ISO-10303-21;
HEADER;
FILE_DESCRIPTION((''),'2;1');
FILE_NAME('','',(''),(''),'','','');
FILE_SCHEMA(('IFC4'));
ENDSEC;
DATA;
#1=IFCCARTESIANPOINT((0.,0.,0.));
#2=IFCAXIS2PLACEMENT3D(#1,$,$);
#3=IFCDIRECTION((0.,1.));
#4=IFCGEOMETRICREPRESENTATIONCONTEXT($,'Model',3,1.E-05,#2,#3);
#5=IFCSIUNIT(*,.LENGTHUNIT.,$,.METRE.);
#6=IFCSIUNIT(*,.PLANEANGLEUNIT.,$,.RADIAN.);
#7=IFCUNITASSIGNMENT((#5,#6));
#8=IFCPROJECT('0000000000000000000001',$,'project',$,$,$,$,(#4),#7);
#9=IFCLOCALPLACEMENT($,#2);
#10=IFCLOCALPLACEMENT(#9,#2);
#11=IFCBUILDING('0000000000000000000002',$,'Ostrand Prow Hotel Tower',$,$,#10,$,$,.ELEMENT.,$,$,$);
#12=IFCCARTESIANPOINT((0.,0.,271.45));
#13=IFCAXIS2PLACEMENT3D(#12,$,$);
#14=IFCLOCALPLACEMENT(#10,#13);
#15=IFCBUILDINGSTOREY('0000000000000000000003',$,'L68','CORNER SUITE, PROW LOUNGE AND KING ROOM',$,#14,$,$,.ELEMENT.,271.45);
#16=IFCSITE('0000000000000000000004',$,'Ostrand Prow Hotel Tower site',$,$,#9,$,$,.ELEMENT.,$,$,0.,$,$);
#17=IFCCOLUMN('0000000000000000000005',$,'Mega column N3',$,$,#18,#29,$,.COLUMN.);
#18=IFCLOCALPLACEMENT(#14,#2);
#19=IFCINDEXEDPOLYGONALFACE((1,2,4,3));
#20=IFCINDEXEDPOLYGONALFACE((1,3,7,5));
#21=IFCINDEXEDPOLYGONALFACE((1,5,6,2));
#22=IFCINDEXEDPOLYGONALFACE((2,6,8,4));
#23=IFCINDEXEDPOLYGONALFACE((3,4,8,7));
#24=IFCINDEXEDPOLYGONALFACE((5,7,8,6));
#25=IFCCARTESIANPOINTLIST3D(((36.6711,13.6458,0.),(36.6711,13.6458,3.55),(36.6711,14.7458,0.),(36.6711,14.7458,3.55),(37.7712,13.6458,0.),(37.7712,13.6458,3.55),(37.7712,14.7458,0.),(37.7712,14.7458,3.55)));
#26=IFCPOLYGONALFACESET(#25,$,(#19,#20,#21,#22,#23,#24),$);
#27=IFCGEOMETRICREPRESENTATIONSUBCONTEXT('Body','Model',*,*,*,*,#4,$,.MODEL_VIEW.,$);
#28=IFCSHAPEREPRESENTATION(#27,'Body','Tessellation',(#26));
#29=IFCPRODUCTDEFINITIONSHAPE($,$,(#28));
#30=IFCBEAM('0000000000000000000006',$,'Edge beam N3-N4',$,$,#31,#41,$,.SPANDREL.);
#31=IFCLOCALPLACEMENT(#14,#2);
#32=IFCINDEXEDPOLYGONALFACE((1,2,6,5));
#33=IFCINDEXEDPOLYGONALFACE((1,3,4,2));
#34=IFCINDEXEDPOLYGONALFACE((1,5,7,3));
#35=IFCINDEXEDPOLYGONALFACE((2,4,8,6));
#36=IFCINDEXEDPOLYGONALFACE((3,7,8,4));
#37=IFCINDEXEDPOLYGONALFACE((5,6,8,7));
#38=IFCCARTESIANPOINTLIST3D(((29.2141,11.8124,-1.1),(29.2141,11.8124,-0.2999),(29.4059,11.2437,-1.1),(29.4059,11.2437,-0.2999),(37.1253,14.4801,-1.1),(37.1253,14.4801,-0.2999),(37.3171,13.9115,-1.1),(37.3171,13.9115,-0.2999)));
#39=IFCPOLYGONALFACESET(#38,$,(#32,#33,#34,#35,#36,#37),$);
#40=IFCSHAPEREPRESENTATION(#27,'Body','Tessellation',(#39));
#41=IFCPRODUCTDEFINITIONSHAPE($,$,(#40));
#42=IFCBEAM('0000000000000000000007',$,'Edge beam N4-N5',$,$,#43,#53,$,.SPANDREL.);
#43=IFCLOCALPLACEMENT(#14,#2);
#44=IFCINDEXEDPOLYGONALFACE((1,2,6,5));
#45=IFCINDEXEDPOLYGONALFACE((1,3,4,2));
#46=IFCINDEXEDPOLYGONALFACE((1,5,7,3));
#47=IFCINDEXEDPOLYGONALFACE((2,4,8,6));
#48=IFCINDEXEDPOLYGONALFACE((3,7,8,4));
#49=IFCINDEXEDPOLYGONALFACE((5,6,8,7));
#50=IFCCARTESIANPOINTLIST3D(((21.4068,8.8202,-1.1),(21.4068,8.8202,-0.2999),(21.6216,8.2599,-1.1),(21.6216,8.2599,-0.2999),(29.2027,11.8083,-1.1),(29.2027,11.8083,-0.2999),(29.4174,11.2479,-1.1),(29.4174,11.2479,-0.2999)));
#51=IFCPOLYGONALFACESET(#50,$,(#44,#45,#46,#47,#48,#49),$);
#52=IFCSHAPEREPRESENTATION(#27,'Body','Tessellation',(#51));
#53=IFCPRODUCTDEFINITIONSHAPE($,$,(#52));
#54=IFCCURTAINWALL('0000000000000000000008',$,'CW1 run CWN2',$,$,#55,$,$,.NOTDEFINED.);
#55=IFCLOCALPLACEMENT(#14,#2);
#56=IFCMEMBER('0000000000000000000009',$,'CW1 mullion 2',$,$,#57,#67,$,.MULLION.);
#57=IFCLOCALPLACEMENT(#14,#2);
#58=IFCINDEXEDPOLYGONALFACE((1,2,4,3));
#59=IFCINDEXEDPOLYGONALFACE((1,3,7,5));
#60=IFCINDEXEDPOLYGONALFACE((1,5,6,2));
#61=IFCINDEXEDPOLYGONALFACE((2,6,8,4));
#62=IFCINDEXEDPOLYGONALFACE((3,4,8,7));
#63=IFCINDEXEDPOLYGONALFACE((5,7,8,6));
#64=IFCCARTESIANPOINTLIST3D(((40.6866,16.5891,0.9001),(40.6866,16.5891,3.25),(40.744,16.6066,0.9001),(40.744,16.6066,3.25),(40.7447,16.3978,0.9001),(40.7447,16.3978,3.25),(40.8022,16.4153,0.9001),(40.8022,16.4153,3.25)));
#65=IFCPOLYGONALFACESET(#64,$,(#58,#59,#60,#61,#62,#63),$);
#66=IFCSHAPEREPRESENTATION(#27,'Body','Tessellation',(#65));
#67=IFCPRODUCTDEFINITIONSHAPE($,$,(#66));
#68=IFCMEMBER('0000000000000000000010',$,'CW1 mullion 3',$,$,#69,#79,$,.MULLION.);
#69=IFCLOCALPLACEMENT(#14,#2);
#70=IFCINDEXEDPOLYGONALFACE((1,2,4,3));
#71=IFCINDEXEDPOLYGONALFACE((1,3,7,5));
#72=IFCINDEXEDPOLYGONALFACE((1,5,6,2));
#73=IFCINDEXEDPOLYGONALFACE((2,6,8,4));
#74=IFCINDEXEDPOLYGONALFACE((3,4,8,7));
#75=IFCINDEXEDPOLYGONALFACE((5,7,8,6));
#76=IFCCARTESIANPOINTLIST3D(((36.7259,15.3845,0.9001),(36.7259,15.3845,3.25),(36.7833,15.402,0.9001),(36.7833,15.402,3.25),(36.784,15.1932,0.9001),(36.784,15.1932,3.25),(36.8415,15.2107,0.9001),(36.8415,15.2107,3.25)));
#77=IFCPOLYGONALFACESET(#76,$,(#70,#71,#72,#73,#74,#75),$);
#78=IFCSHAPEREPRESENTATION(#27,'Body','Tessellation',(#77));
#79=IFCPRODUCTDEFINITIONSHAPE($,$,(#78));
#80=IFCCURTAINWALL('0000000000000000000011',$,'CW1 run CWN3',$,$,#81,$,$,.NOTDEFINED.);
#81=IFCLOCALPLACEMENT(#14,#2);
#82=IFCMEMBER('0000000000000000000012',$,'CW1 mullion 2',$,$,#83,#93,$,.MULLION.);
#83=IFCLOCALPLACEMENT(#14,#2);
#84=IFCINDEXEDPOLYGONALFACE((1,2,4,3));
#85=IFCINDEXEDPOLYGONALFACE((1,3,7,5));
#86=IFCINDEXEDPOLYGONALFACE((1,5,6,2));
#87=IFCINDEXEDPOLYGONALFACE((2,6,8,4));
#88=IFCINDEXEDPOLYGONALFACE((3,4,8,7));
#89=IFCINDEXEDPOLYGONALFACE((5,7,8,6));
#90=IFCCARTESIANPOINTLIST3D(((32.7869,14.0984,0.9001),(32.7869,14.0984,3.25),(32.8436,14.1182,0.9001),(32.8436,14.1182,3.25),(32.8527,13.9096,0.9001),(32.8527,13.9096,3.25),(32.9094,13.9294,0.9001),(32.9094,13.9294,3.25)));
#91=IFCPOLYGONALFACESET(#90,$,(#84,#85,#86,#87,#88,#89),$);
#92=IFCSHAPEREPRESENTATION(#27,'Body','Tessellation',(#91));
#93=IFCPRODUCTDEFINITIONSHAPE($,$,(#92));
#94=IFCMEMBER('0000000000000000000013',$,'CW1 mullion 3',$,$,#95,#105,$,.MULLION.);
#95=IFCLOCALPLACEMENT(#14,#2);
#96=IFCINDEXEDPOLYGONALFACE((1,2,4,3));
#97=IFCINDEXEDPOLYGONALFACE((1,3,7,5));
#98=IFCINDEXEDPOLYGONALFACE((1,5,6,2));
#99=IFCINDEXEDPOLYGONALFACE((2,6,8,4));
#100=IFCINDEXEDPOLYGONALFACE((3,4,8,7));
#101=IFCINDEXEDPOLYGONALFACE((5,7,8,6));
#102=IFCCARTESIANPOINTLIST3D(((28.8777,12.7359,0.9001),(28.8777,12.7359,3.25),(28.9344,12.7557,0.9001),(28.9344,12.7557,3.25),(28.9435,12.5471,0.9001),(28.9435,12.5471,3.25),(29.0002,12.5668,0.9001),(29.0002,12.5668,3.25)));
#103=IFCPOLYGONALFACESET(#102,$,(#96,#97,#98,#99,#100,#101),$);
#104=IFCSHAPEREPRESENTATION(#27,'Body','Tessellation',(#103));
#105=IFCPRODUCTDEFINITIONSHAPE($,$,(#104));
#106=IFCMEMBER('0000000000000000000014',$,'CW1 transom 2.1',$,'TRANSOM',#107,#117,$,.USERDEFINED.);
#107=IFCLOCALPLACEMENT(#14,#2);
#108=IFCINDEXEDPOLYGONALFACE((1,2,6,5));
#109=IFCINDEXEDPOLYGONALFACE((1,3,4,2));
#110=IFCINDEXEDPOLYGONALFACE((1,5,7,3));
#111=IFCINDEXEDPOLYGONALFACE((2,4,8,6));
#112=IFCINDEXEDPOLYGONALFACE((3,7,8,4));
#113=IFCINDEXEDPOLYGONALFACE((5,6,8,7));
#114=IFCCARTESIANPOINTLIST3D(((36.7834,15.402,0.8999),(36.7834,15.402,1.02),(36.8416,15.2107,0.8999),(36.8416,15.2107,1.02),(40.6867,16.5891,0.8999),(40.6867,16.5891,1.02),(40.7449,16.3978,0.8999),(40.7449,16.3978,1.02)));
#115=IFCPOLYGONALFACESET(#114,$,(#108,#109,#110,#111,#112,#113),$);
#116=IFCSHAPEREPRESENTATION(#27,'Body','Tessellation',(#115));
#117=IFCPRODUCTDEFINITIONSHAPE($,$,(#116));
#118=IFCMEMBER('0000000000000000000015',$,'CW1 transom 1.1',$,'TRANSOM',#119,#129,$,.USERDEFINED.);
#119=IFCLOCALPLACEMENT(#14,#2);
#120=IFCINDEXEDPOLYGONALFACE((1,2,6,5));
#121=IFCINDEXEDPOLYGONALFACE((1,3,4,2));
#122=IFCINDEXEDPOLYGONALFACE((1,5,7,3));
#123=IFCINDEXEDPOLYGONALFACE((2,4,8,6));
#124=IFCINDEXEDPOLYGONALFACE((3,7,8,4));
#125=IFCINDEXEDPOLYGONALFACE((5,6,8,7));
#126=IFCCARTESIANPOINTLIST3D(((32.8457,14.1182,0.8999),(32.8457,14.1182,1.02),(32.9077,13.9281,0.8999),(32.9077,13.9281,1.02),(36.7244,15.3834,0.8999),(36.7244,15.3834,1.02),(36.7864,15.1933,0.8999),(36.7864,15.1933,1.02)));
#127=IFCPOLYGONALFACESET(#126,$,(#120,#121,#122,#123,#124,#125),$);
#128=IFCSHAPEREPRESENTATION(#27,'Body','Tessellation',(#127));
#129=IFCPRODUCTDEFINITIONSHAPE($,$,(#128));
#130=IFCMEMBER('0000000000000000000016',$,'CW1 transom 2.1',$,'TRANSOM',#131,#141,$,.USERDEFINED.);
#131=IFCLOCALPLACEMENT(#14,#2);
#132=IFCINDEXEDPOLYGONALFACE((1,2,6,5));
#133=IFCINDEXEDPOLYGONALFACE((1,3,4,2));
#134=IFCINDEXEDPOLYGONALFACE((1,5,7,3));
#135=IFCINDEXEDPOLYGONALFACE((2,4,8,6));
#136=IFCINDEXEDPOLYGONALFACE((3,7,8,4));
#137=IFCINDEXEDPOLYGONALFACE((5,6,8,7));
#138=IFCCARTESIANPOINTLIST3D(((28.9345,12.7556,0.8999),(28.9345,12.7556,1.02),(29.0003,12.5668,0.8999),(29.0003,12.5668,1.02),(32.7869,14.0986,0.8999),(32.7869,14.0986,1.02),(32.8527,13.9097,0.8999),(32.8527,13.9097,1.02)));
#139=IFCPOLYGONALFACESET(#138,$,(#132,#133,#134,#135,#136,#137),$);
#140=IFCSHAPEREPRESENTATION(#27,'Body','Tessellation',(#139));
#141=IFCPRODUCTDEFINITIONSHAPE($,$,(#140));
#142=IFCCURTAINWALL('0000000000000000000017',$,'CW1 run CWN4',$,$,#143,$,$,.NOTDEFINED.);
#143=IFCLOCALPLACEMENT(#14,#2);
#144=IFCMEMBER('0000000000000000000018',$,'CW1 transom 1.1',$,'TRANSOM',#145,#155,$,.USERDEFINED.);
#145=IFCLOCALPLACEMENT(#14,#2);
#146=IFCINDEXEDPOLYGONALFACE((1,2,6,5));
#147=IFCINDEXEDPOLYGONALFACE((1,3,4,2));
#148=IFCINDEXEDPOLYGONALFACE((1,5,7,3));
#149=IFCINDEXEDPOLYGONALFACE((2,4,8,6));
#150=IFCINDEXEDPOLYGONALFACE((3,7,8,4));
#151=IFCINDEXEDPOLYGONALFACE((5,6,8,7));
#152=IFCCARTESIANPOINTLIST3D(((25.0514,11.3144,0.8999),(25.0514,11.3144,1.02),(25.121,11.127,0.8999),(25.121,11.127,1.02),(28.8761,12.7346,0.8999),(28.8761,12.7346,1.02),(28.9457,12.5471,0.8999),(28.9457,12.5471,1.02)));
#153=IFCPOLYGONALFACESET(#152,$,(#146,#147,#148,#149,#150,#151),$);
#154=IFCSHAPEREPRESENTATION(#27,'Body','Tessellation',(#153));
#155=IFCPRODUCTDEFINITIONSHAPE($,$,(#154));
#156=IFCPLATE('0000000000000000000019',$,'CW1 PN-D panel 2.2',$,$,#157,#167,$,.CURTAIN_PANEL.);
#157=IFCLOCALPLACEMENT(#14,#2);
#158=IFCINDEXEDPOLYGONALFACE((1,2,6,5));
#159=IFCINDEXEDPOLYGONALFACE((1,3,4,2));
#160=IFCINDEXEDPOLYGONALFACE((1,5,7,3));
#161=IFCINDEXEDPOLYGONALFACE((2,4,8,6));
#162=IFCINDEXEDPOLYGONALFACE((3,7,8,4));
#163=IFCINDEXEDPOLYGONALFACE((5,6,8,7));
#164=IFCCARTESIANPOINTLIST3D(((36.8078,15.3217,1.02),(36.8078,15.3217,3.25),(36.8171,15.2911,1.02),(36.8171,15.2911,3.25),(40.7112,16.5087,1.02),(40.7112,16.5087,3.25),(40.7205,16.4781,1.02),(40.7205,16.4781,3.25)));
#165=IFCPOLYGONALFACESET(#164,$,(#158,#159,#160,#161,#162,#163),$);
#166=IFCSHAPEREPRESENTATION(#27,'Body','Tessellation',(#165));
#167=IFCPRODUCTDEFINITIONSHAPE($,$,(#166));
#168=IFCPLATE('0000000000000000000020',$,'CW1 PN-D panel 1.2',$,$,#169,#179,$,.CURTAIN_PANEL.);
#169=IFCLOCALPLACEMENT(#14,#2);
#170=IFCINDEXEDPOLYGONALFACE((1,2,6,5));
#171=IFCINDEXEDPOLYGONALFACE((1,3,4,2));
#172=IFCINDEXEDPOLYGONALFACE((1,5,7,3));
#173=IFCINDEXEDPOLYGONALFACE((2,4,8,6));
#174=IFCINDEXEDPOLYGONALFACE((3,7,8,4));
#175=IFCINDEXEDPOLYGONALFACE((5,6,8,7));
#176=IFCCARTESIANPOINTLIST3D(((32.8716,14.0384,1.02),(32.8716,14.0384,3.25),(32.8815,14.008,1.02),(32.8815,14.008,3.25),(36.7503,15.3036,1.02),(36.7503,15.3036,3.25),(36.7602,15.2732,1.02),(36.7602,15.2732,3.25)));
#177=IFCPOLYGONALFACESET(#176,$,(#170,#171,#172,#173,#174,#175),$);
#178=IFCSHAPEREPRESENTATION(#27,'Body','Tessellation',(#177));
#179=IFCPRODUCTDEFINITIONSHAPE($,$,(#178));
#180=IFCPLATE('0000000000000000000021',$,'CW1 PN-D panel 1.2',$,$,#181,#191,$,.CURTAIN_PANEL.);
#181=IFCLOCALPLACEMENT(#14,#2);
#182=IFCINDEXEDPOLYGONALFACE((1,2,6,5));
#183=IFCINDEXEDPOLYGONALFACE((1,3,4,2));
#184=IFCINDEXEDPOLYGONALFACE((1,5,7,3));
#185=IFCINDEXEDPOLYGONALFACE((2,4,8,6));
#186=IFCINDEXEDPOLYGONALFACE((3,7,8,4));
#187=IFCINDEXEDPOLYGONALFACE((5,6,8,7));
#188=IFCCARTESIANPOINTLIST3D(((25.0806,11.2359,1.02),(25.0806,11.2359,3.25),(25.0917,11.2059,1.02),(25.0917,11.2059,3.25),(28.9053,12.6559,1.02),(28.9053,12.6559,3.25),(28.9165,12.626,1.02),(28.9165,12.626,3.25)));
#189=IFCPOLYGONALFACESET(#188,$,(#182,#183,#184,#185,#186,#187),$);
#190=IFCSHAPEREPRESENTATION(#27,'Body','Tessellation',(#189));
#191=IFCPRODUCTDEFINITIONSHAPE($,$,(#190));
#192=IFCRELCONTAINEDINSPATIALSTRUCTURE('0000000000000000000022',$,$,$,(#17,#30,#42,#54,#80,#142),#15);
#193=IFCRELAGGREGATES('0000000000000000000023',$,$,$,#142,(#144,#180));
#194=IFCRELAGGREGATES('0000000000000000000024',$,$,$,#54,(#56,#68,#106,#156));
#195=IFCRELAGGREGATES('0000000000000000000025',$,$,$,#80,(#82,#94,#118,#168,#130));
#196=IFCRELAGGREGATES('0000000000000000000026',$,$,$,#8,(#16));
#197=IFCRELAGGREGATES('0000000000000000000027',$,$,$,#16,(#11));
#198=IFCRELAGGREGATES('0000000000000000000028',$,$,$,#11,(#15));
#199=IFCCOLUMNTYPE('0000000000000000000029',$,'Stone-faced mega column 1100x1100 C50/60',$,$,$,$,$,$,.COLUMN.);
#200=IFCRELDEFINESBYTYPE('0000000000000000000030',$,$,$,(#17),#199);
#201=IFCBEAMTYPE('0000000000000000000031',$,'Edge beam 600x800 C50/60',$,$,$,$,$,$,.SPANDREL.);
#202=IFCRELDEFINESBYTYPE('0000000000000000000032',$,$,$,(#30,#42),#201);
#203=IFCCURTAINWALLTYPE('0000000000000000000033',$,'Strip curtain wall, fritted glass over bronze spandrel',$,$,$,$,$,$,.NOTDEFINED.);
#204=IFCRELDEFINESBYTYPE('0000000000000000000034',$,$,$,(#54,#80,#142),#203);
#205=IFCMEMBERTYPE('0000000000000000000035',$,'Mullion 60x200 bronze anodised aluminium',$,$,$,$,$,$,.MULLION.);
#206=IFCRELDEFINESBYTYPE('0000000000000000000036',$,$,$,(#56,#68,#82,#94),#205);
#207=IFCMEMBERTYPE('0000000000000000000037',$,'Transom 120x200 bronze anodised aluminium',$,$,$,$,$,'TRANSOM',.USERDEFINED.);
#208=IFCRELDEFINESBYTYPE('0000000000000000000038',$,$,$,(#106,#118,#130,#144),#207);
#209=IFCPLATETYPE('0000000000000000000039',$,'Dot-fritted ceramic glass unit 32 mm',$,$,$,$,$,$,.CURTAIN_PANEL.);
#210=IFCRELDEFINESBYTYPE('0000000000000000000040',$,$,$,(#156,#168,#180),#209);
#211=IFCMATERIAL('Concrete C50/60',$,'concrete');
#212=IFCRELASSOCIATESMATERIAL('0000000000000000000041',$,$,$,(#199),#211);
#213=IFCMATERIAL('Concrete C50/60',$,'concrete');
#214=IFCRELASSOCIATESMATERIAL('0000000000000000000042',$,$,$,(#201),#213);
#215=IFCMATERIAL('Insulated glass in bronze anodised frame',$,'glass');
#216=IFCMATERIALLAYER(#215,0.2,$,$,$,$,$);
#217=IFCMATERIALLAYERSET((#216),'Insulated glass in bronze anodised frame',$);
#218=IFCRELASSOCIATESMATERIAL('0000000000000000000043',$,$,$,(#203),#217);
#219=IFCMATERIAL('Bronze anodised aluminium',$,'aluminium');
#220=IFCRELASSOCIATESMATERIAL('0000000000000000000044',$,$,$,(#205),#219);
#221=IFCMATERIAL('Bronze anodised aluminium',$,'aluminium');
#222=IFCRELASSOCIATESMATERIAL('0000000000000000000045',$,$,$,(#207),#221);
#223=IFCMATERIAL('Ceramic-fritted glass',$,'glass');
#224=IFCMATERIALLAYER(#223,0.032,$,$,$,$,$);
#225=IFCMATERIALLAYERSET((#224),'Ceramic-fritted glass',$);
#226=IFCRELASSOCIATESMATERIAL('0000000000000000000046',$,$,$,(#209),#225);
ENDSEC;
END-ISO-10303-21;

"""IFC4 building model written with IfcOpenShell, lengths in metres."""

from ifc_helpers import new_model, si_unit, direction, frame, origin, origin_2d, place, context, subcontext, project, spatial, rectangle, extrude, material, layer, layer_set, material_profile, profile_set, type_object, element, aggregate, save


model = new_model("IFC4")

# Units and contexts
model_context = context("Model", 3, precision=1e-05, world=origin(), true_north=direction((0.0, 1.0)))
body_context = subcontext(model_context, "Body", "Model", "MODEL_VIEW")
ifc_project = project(units=[si_unit("LENGTHUNIT", "METRE"), si_unit("PLANEANGLEUNIT", "RADIAN")], contexts=[model_context])

# Site, building, storey
site_placement = place(None, origin())
site = spatial("IfcSite", under=ifc_project, at=site_placement, Name="Ostrand Prow Hotel Tower site", CompositionType="ELEMENT", RefElevation=0.0)
building_placement = place(site_placement, origin())
building = spatial("IfcBuilding", under=site, at=building_placement, Name="Ostrand Prow Hotel Tower", CompositionType="ELEMENT")
storey_placement = place(building_placement, frame((0.0, 0.0, 271.45)))
storey = spatial("IfcBuildingStorey", under=building, at=storey_placement, Name="L68", Description="CORNER SUITE, PROW LOUNGE AND KING ROOM", CompositionType="ELEMENT", Elevation=271.45)

# Column
ifc_material_1 = material(Name="Concrete C50/60", Category="concrete")
ifc_material_profile_1 = material_profile(ifc_material_1, rectangle(XDim=1.1001, YDim=1.1001, at=origin_2d()), Name="RC 1100x1100")
ifc_profile_set_1 = profile_set([ifc_material_profile_1], Name="Concrete C50/60")
column_type = type_object("IfcColumnType", Name="Stone-faced mega column 1100x1100 C50/60", PredefinedType="COLUMN", material=ifc_profile_set_1)
column_placement = place(storey_placement, frame((37.2212, 14.1958, 0.0), z_axis=(0.0, 0.0, 1.0), x_axis=(1.0, 0.0, 0.0)))
element("IfcColumn", 1, at=column_placement, inside=storey, type_object=column_type, Name="Mega column N3", PredefinedType="COLUMN", context=body_context, shape_type="SweptSolid", body=[
    extrude(rectangle(XDim=1.1001, YDim=1.1001, at=origin_2d()), origin(), (0.0, 0.0, 1.0), 3.55),
])

# Beams
ifc_material_2 = material(Name="Concrete C50/60", Category="concrete")
ifc_material_profile_2 = material_profile(ifc_material_2, rectangle(XDim=0.6001, YDim=0.8, at=origin_2d()), Name="RC 600x800")
ifc_profile_set_2 = profile_set([ifc_material_profile_2], Name="Concrete C50/60")
beam_type = type_object("IfcBeamType", Name="Edge beam 600x800 C50/60", PredefinedType="SPANDREL", material=ifc_profile_set_2)
for number, where, z_axis, x_axis, name in (
    (2, (37.2212, 14.1958, -0.7), (-0.947575, -0.319533, 0.0), (0.319533, -0.947575, 0.0), "Edge beam N3-N4"),
    (3, (29.3101, 11.5281, -0.7), (-0.933762, -0.357895, 0.0), (0.357895, -0.933762, 0.0), "Edge beam N4-N5"),
):
    element("IfcBeam", number, at=place(storey_placement, frame(where, z_axis=z_axis, x_axis=x_axis)), inside=storey, type_object=beam_type, Name=name, PredefinedType="SPANDREL", context=body_context, shape_type="SweptSolid", body=[
        extrude(rectangle(XDim=0.6001, YDim=0.8, at=origin_2d()), origin(), (0.0, 0.0, 1.0), 8.3489),
    ])

# Curtain walls, members
ifc_material_3 = material(Name="Insulated glass in bronze anodised frame", Category="glass")
ifc_layer_1 = layer(ifc_material_3, 0.2)
ifc_layer_set_1 = layer_set([ifc_layer_1], Name="Insulated glass in bronze anodised frame")
curtain_wall_type = type_object("IfcCurtainWallType", Name="Strip curtain wall, fritted glass over bronze spandrel", PredefinedType="NOTDEFINED", material=ifc_layer_set_1)
curtain_wall_1_placement = place(storey_placement, origin())
curtain_wall_1 = element("IfcCurtainWall", 4, at=curtain_wall_1_placement, inside=storey, type_object=curtain_wall_type, Name="CW1 run CWN2", PredefinedType="NOTDEFINED")
ifc_material_4 = material(Name="Bronze anodised aluminium", Category="aluminium")
ifc_material_profile_3 = material_profile(ifc_material_4, rectangle(XDim=0.2, YDim=0.0601, at=origin_2d()), Name="Mullion 60x200 bronze anodised aluminium")
ifc_profile_set_3 = profile_set([ifc_material_profile_3], Name="Bronze anodised aluminium")
member_type_1 = type_object("IfcMemberType", Name="Mullion 60x200 bronze anodised aluminium", PredefinedType="MULLION", material=ifc_profile_set_3)
member_1_placement = place(storey_placement, frame((40.7444, 16.5022, 0.9001), z_axis=(0.0, 0.0, 1.0), x_axis=(0.290938, -0.956742, 0.0)))
member_1 = element("IfcMember", 5, at=member_1_placement, type_object=member_type_1, Name="CW1 mullion 2", PredefinedType="MULLION", context=body_context, shape_type="SweptSolid", body=[
    extrude(rectangle(XDim=0.2, YDim=0.0601, at=origin_2d()), origin(), (0.0, 0.0, 1.0), 2.3499),
])
member_2_placement = place(storey_placement, frame((36.7837, 15.2976, 0.9001), z_axis=(0.0, 0.0, 1.0), x_axis=(0.290938, -0.956742, 0.0)))
member_2 = element("IfcMember", 6, at=member_2_placement, type_object=member_type_1, Name="CW1 mullion 3", PredefinedType="MULLION", context=body_context, shape_type="SweptSolid", body=[
    extrude(rectangle(XDim=0.2, YDim=0.0601, at=origin_2d()), origin(), (0.0, 0.0, 1.0), 2.3499),
])
curtain_wall_2_placement = place(storey_placement, origin())
curtain_wall_2 = element("IfcCurtainWall", 7, at=curtain_wall_2_placement, inside=storey, type_object=curtain_wall_type, Name="CW1 run CWN3", PredefinedType="NOTDEFINED")
member_3_placement = place(storey_placement, frame((32.8481, 14.0139, 0.9001), z_axis=(0.0, 0.0, 1.0), x_axis=(0.329158, -0.944275, 0.0)))
member_3 = element("IfcMember", 8, at=member_3_placement, type_object=member_type_1, Name="CW1 mullion 2", PredefinedType="MULLION", context=body_context, shape_type="SweptSolid", body=[
    extrude(rectangle(XDim=0.2, YDim=0.0601, at=origin_2d()), origin(), (0.0, 0.0, 1.0), 2.3499),
])
member_4_placement = place(storey_placement, frame((28.939, 12.6514, 0.9001), z_axis=(0.0, 0.0, 1.0), x_axis=(0.329158, -0.944275, 0.0)))
member_4 = element("IfcMember", 9, at=member_4_placement, type_object=member_type_1, Name="CW1 mullion 3", PredefinedType="MULLION", context=body_context, shape_type="SweptSolid", body=[
    extrude(rectangle(XDim=0.2, YDim=0.0601, at=origin_2d()), origin(), (0.0, 0.0, 1.0), 2.3499),
])

# Members
ifc_material_5 = material(Name="Bronze anodised aluminium", Category="aluminium")
ifc_material_profile_4 = material_profile(ifc_material_5, rectangle(XDim=0.2, YDim=0.1201, at=origin_2d()), Name="Transom 120x200 bronze anodised aluminium")
ifc_profile_set_4 = profile_set([ifc_material_profile_4], Name="Bronze anodised aluminium")
member_type_2 = type_object("IfcMemberType", Name="Transom 120x200 bronze anodised aluminium", ElementType="TRANSOM", PredefinedType="USERDEFINED", material=ifc_profile_set_4)
member_5_placement = place(storey_placement, frame((40.7158, 16.4934, 0.96), z_axis=(-0.956739, -0.290947, 0.0), x_axis=(0.290947, -0.956739, 0.0)))
member_5 = element("IfcMember", 10, at=member_5_placement, type_object=member_type_2, Name="CW1 transom 2.1", ObjectType="TRANSOM", PredefinedType="USERDEFINED", context=body_context, shape_type="SweptSolid", body=[
    extrude(rectangle(XDim=0.2, YDim=0.1201, at=origin_2d()), origin(), (0.0, 0.0, 1.0), 4.0798),
])
member_6_placement = place(storey_placement, frame((36.7554, 15.2883, 0.96), z_axis=(-0.950704, -0.310099, 0.0), x_axis=(0.310099, -0.950704, 0.0)))
member_6 = element("IfcMember", 11, at=member_6_placement, type_object=member_type_2, Name="CW1 transom 1.1", ObjectType="TRANSOM", PredefinedType="USERDEFINED", context=body_context, shape_type="SweptSolid", body=[
    extrude(rectangle(XDim=0.2, YDim=0.1201, at=origin_2d()), origin(), (0.0, 0.0, 1.0), 4.0798),
])
member_7_placement = place(storey_placement, frame((32.8198, 14.0042, 0.96), z_axis=(-0.944268, -0.329177, 0.0), x_axis=(0.329177, -0.944268, 0.0)))
member_7 = element("IfcMember", 12, at=member_7_placement, type_object=member_type_2, Name="CW1 transom 2.1", ObjectType="TRANSOM", PredefinedType="USERDEFINED", context=body_context, shape_type="SweptSolid", body=[
    extrude(rectangle(XDim=0.2, YDim=0.1201, at=origin_2d()), origin(), (0.0, 0.0, 1.0), 4.0798),
])

# Curtain wall, member
curtain_wall_3_placement = place(storey_placement, origin())
curtain_wall_3 = element("IfcCurtainWall", 13, at=curtain_wall_3_placement, inside=storey, type_object=curtain_wall_type, Name="CW1 run CWN4", PredefinedType="NOTDEFINED")
member_8_placement = place(storey_placement, frame((28.9109, 12.6409, 0.96), z_axis=(-0.93746, -0.348092, 0.0), x_axis=(0.348092, -0.93746, 0.0)))
member_8 = element("IfcMember", 14, at=member_8_placement, type_object=member_type_2, Name="CW1 transom 1.1", ObjectType="TRANSOM", PredefinedType="USERDEFINED", context=body_context, shape_type="SweptSolid", body=[
    extrude(rectangle(XDim=0.2, YDim=0.1201, at=origin_2d()), origin(), (0.0, 0.0, 1.0), 4.0798),
])

# Plates
ifc_material_6 = material(Name="Ceramic-fritted glass", Category="glass")
ifc_layer_2 = layer(ifc_material_6, 0.032)
ifc_layer_set_2 = layer_set([ifc_layer_2], Name="Ceramic-fritted glass")
plate_type_1 = type_object("IfcPlateType", Name="Dot-fritted ceramic glass unit 32 mm", PredefinedType="CURTAIN_PANEL", material=ifc_layer_set_2)
plate_1_placement = place(storey_placement, frame((38.7642, 15.8999, 1.02), z_axis=(0.0, 0.0, 1.0), x_axis=(-0.956742, -0.290938, 0.0)))
plate_1 = element("IfcPlate", 15, at=plate_1_placement, type_object=plate_type_1, Name="CW1 PN-D panel 2.2", PredefinedType="CURTAIN_PANEL", context=body_context, shape_type="SweptSolid", body=[
    extrude(rectangle(XDim=4.0798, YDim=0.032, at=origin_2d()), origin(), (0.0, 0.0, 1.0), 2.23),
])
plate_2_placement = place(storey_placement, frame((34.8159, 14.6558, 1.02), z_axis=(0.0, 0.0, 1.0), x_axis=(-0.9507, -0.310111, 0.0)))
plate_2 = element("IfcPlate", 16, at=plate_2_placement, type_object=plate_type_1, Name="CW1 PN-D panel 1.2", PredefinedType="CURTAIN_PANEL", context=body_context, shape_type="SweptSolid", body=[
    extrude(rectangle(XDim=4.0798, YDim=0.032, at=origin_2d()), origin(), (0.0, 0.0, 1.0), 2.23),
])
plate_3_placement = place(storey_placement, frame((26.9985, 11.9309, 1.02), z_axis=(0.0, 0.0, 1.0), x_axis=(-0.937468, -0.348071, 0.0)))
plate_3 = element("IfcPlate", 17, at=plate_3_placement, type_object=plate_type_1, Name="CW1 PN-D panel 1.2", PredefinedType="CURTAIN_PANEL", context=body_context, shape_type="SweptSolid", body=[
    extrude(rectangle(XDim=4.0798, YDim=0.032, at=origin_2d()), origin(), (0.0, 0.0, 1.0), 2.23),
])
aggregate(curtain_wall_3, [member_8, plate_3])
aggregate(curtain_wall_1, [member_1, member_2, member_5, plate_1])
aggregate(curtain_wall_2, [member_3, member_4, member_6, plate_2, member_7])

save(model, "model.ifc")
